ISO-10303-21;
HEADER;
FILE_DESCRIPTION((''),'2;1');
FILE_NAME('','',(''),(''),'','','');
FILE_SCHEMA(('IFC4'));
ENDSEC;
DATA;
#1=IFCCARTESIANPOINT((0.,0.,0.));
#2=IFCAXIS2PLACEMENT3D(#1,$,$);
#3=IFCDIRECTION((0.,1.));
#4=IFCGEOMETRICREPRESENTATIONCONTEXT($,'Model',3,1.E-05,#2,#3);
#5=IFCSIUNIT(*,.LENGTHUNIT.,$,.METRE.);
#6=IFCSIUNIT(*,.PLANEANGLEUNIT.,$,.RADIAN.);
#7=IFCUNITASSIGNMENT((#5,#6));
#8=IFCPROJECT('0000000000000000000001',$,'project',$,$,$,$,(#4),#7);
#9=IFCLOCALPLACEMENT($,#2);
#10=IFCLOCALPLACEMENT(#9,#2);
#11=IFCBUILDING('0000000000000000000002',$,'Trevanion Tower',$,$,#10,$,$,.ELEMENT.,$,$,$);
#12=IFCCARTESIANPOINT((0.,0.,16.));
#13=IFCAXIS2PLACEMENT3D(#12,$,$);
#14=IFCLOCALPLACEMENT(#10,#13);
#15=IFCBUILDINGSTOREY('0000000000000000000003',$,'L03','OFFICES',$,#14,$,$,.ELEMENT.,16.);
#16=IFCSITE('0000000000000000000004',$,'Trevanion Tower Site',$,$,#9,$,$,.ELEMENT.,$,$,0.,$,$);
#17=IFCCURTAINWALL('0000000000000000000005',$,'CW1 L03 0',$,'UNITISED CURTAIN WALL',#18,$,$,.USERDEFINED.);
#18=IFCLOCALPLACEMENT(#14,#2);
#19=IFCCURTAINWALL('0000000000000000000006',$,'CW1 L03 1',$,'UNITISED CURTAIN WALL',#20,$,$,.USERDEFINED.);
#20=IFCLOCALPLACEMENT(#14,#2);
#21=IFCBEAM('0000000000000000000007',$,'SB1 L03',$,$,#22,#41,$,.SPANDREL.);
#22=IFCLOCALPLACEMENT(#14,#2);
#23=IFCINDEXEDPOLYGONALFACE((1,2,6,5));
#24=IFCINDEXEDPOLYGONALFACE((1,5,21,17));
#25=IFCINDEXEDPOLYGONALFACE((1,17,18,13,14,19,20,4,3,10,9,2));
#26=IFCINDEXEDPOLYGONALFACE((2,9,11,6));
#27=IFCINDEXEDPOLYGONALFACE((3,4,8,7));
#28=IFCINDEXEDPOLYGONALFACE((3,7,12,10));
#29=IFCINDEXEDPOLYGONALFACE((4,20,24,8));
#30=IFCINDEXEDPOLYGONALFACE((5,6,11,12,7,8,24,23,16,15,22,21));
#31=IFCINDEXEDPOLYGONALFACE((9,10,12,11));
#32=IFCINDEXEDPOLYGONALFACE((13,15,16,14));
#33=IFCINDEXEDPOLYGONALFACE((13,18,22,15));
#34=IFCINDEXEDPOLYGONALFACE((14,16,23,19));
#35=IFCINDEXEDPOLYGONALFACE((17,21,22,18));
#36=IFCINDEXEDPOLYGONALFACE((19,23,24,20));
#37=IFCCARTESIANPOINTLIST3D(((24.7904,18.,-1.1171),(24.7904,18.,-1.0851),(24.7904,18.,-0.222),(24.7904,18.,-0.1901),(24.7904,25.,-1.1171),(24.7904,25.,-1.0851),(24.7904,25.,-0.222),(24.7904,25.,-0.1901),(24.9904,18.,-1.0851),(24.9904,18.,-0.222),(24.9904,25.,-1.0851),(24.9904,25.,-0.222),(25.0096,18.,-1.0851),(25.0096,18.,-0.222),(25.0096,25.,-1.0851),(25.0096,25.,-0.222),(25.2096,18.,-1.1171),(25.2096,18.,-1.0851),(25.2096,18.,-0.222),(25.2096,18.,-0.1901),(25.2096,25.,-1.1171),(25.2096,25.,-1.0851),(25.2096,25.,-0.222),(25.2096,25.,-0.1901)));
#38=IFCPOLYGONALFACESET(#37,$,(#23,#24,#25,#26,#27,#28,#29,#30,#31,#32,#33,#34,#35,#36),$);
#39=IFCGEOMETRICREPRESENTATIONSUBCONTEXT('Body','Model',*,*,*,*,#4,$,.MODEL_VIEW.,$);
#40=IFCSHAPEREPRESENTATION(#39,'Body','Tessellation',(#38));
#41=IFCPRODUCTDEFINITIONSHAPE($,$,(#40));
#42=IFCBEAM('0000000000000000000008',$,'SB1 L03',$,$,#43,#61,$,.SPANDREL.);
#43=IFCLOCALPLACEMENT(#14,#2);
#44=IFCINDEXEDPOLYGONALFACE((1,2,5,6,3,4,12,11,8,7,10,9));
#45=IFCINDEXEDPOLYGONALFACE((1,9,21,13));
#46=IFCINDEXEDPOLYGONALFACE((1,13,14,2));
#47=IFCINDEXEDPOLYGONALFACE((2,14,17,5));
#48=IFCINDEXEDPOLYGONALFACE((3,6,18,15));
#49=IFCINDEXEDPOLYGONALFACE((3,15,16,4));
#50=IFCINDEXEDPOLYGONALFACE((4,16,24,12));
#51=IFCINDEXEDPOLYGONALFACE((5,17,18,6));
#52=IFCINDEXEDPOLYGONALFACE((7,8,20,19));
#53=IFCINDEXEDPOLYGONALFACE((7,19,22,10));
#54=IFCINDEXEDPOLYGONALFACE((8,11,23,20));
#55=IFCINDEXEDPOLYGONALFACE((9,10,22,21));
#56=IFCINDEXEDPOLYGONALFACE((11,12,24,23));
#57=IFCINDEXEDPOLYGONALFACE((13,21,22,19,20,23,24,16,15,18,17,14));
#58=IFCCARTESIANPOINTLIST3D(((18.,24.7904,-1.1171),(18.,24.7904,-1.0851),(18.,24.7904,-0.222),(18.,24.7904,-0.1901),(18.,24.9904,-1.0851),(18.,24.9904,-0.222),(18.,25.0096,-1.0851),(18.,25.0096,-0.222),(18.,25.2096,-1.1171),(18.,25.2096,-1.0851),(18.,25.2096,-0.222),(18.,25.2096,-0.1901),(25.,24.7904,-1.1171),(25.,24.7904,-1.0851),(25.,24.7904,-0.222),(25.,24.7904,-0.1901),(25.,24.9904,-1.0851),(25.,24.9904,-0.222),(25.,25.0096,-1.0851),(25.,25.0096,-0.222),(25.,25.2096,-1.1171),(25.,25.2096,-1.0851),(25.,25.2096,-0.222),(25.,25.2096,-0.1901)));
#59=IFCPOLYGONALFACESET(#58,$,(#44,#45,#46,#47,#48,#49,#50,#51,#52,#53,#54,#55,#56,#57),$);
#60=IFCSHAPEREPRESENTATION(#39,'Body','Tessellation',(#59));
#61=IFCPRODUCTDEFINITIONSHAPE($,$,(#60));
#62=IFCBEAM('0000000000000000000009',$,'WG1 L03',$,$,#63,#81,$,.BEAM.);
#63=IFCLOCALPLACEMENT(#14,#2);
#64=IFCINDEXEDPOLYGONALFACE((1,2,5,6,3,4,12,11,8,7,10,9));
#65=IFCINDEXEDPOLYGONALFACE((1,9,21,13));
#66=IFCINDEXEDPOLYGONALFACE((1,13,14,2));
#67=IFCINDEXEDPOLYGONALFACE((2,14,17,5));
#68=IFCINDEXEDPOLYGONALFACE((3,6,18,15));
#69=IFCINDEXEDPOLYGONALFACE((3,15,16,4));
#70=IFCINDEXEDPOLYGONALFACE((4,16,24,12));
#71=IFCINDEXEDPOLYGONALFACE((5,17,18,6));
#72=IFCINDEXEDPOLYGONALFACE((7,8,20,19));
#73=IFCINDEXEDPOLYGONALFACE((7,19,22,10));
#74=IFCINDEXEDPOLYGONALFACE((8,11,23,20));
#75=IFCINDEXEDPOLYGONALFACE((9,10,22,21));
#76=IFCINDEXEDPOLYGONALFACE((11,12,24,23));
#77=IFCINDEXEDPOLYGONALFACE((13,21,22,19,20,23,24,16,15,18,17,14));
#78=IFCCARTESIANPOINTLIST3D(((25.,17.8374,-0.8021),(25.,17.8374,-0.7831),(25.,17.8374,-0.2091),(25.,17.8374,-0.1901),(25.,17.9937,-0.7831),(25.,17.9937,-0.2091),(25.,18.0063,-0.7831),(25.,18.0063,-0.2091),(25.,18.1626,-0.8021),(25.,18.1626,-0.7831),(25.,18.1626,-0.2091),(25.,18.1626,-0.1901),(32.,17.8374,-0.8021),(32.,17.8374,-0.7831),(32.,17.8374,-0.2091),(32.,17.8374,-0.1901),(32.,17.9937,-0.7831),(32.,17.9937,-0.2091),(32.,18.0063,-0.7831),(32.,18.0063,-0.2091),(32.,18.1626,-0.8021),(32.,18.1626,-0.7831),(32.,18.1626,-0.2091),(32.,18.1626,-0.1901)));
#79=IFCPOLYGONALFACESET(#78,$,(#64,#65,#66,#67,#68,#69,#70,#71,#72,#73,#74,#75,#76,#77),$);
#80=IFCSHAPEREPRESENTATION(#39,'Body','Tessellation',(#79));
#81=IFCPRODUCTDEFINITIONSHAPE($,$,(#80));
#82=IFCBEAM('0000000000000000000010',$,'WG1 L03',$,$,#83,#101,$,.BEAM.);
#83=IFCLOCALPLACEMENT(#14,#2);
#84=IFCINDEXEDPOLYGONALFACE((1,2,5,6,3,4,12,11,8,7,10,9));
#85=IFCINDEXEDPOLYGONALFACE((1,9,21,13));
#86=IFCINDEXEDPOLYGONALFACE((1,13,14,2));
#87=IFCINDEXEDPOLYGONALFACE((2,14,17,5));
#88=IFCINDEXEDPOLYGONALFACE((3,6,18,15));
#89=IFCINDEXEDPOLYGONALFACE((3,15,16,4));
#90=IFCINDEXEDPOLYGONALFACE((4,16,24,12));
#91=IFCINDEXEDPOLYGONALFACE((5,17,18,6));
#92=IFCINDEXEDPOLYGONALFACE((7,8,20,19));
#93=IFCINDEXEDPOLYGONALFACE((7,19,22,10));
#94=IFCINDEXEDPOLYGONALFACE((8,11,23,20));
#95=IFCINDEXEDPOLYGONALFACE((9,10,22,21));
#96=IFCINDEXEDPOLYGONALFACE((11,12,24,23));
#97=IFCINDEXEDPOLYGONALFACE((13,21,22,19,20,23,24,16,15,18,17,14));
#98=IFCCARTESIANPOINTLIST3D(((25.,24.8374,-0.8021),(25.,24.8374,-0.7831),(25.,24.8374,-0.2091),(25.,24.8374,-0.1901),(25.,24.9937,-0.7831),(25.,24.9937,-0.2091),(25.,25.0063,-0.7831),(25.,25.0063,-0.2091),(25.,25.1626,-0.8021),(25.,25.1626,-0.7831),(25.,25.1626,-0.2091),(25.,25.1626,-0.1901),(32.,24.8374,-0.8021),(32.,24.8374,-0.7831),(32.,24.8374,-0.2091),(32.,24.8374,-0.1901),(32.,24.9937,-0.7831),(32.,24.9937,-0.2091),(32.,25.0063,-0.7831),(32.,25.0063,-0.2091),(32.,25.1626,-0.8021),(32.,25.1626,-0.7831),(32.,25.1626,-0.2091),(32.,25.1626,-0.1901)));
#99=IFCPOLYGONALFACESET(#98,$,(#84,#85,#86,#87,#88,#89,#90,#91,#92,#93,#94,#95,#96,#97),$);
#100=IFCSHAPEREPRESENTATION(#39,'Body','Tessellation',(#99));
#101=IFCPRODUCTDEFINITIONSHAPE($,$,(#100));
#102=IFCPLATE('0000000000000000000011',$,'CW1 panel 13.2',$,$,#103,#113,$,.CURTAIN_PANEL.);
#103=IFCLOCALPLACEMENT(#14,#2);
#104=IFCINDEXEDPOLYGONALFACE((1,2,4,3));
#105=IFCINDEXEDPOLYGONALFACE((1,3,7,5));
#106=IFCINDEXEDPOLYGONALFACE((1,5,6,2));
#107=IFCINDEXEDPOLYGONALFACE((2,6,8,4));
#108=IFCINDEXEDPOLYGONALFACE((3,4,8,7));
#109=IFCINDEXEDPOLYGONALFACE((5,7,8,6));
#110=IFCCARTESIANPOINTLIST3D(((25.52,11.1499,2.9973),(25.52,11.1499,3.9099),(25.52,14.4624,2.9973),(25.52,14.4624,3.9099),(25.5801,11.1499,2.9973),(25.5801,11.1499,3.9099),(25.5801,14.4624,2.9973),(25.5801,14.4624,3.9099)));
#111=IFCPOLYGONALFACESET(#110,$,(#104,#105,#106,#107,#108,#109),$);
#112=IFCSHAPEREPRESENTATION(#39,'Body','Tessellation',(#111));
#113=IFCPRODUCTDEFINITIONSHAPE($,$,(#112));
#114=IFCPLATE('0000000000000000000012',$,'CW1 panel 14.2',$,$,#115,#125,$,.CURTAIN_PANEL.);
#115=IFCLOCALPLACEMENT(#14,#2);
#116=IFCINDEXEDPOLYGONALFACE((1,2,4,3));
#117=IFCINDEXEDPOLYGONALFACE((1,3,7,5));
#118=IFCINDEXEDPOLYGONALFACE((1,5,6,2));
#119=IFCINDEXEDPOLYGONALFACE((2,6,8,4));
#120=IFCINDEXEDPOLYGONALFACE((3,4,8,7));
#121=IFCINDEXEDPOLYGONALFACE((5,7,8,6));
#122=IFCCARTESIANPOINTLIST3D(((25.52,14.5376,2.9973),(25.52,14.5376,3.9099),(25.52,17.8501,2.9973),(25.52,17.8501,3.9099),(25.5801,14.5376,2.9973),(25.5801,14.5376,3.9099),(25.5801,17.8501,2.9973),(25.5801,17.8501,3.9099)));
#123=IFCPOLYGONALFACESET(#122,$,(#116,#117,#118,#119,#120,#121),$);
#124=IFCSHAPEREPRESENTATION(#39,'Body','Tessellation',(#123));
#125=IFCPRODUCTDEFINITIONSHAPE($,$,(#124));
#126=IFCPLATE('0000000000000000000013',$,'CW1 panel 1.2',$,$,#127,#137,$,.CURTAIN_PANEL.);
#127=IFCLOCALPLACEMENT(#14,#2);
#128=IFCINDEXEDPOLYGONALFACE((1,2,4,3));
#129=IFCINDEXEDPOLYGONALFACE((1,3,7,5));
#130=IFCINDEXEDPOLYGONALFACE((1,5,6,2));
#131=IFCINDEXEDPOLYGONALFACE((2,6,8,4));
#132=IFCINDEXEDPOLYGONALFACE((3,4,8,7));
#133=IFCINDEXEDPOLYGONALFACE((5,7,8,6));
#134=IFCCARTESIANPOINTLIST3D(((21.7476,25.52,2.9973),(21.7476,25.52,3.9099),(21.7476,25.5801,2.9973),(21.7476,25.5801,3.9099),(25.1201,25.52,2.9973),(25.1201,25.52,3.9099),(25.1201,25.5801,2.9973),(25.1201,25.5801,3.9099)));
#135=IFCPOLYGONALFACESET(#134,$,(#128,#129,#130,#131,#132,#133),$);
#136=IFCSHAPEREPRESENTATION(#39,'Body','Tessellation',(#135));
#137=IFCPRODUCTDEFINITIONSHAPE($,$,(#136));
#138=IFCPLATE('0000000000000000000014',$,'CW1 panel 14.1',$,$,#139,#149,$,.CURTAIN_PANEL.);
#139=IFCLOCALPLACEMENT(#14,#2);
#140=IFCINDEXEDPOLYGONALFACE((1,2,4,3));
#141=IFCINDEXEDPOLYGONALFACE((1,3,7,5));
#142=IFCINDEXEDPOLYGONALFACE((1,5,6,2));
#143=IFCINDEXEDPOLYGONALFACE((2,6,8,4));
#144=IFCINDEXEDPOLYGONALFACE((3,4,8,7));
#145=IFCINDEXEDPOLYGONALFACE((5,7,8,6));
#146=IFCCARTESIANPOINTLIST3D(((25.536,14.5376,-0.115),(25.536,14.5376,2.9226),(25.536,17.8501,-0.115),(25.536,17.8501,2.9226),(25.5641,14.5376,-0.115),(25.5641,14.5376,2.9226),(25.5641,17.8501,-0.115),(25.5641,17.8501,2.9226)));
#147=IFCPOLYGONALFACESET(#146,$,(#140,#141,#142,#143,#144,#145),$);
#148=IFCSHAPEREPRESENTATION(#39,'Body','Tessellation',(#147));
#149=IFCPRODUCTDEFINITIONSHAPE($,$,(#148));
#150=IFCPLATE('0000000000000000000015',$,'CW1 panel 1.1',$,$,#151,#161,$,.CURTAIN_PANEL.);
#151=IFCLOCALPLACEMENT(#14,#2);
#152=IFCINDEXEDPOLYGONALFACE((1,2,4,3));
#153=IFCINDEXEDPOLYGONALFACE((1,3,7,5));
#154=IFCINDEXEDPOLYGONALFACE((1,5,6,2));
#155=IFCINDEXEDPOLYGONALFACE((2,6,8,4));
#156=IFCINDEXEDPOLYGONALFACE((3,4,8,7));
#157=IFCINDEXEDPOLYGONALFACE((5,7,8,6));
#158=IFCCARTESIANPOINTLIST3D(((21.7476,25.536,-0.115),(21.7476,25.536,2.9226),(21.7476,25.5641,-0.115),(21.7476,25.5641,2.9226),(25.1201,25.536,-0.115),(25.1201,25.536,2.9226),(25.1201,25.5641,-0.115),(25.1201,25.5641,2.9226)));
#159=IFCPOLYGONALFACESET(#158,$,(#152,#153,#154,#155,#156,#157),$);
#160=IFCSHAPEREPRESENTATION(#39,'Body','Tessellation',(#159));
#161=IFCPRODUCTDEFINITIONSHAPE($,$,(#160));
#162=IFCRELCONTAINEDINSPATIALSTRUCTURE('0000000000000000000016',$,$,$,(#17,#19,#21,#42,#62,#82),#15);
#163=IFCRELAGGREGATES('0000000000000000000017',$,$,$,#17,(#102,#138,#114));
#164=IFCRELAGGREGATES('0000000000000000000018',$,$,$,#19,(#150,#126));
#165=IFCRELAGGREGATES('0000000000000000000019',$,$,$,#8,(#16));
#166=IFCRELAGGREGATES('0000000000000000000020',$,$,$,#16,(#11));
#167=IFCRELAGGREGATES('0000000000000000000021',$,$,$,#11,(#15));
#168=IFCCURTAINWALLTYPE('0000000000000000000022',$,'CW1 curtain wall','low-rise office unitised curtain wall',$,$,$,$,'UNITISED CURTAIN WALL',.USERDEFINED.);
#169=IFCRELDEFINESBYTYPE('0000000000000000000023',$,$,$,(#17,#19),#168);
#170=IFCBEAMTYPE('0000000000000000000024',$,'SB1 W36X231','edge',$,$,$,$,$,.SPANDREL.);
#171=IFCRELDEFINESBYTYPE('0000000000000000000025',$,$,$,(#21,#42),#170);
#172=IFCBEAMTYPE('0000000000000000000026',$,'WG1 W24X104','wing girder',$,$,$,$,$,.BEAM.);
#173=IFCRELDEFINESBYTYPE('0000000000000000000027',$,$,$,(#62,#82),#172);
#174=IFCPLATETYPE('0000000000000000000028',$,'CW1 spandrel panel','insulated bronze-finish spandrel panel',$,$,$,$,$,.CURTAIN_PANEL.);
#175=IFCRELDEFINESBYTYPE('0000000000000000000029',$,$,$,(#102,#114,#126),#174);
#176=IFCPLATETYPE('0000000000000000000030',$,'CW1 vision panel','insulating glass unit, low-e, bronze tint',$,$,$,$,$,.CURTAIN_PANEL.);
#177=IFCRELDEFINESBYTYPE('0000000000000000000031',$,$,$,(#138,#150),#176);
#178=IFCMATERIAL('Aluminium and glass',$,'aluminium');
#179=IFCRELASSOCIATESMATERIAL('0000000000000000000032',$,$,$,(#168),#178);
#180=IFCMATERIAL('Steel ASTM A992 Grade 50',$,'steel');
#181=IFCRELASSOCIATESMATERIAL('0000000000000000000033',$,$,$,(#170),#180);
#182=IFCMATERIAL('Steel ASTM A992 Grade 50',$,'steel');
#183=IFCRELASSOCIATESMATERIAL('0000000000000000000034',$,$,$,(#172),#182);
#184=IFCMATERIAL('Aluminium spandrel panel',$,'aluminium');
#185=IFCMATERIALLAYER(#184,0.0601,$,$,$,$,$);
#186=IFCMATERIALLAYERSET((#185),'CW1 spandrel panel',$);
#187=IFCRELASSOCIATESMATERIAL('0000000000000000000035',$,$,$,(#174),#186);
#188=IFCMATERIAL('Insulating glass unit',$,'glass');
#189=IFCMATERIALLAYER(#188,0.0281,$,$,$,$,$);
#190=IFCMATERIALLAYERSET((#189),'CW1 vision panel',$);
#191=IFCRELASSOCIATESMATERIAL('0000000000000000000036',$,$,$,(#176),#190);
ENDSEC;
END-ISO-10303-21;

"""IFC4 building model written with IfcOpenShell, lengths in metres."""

from ifc_helpers import new_model, si_unit, direction, frame, origin, origin_2d, place, context, subcontext, project, spatial, rectangle, i_section, extrude, material, layer, layer_set, material_profile, profile_set, type_object, element, aggregate, save


model = new_model("IFC4")

# Units and contexts
model_context = context("Model", 3, precision=1e-05, world=origin(), true_north=direction((0.0, 1.0)))
body_context = subcontext(model_context, "Body", "Model", "MODEL_VIEW")
ifc_project = project(units=[si_unit("LENGTHUNIT", "METRE"), si_unit("PLANEANGLEUNIT", "RADIAN")], contexts=[model_context])

# Site, building, storey
site_placement = place(None, origin())
site = spatial("IfcSite", under=ifc_project, at=site_placement, Name="Trevanion Tower Site", CompositionType="ELEMENT", RefElevation=0.0)
building_placement = place(site_placement, origin())
building = spatial("IfcBuilding", under=site, at=building_placement, Name="Trevanion Tower", CompositionType="ELEMENT")
storey_placement = place(building_placement, frame((0.0, 0.0, 16.0)))
storey = spatial("IfcBuildingStorey", under=building, at=storey_placement, Name="L03", Description="OFFICES", CompositionType="ELEMENT", Elevation=16.0)

# Curtain wall
ifc_material_1 = material(Name="Aluminium and glass", Category="aluminium")
curtain_wall_type = type_object("IfcCurtainWallType", Name="CW1 curtain wall", Description="low-rise office unitised curtain wall", ElementType="UNITISED CURTAIN WALL", PredefinedType="USERDEFINED", material=ifc_material_1)
curtain_wall_1_placement = place(storey_placement, origin())
curtain_wall_1 = element("IfcCurtainWall", 1, at=curtain_wall_1_placement, inside=storey, type_object=curtain_wall_type, Name="CW1 L03 0", ObjectType="UNITISED CURTAIN WALL", PredefinedType="USERDEFINED")

# Curtain wall
curtain_wall_2_placement = place(storey_placement, origin())
curtain_wall_2 = element("IfcCurtainWall", 2, at=curtain_wall_2_placement, inside=storey, type_object=curtain_wall_type, Name="CW1 L03 1", ObjectType="UNITISED CURTAIN WALL", PredefinedType="USERDEFINED")

# Beams
ifc_material_2 = material(Name="Steel ASTM A992 Grade 50", Category="steel")
ifc_material_profile_1 = material_profile(ifc_material_2, i_section(OverallWidth=0.4192, OverallDepth=0.927, WebThickness=0.0193, FlangeThickness=0.032, at=origin_2d()), Name="W36X231")
ifc_profile_set_1 = profile_set([ifc_material_profile_1], Name="Steel ASTM A992 Grade 50")
beam_type_1 = type_object("IfcBeamType", Name="SB1 W36X231", Description="edge", PredefinedType="SPANDREL", material=ifc_profile_set_1)
for number, where, z_axis, x_axis, name in (
    (3, (25.0, 18.0, -0.6536), (0.0, 1.0, 0.0), (-1.0, 0.0, 0.0), "SB1 L03"),
    (4, (25.0, 25.0, -0.6536), (-1.0, 0.0, 0.0), (0.0, -1.0, 0.0), "SB1 L03"),
):
    element("IfcBeam", number, at=place(storey_placement, frame(where, z_axis=z_axis, x_axis=x_axis)), inside=storey, type_object=beam_type_1, Name=name, PredefinedType="SPANDREL", context=body_context, shape_type="SweptSolid", body=[
        extrude(i_section(OverallWidth=0.4192, OverallDepth=0.927, WebThickness=0.0193, FlangeThickness=0.032, at=origin_2d()), origin(), (0.0, 0.0, 1.0), 7.0),
    ])
ifc_material_3 = material(Name="Steel ASTM A992 Grade 50", Category="steel")
ifc_material_profile_2 = material_profile(ifc_material_3, i_section(OverallWidth=0.3252, OverallDepth=0.6121, WebThickness=0.0127, FlangeThickness=0.019, at=origin_2d()), Name="W24X104")
ifc_profile_set_2 = profile_set([ifc_material_profile_2], Name="Steel ASTM A992 Grade 50")
beam_type_2 = type_object("IfcBeamType", Name="WG1 W24X104", Description="wing girder", PredefinedType="BEAM", material=ifc_profile_set_2)
for number, where, z_axis, x_axis, name in (
    (5, (25.0, 18.0, -0.4961), (1.0, 0.0, 0.0), (0.0, 1.0, 0.0), "WG1 L03"),
    (6, (25.0, 25.0, -0.4961), (1.0, 0.0, 0.0), (0.0, 1.0, 0.0), "WG1 L03"),
):
    element("IfcBeam", number, at=place(storey_placement, frame(where, z_axis=z_axis, x_axis=x_axis)), inside=storey, type_object=beam_type_2, Name=name, PredefinedType="BEAM", context=body_context, shape_type="SweptSolid", body=[
        extrude(i_section(OverallWidth=0.3252, OverallDepth=0.6121, WebThickness=0.0127, FlangeThickness=0.019, at=origin_2d()), origin(), (0.0, 0.0, 1.0), 7.0),
    ])

# Plates
ifc_material_4 = material(Name="Aluminium spandrel panel", Category="aluminium")
ifc_layer_1 = layer(ifc_material_4, 0.0601)
ifc_layer_set_1 = layer_set([ifc_layer_1], Name="CW1 spandrel panel")
plate_type_1 = type_object("IfcPlateType", Name="CW1 spandrel panel", Description="insulated bronze-finish spandrel panel", PredefinedType="CURTAIN_PANEL", material=ifc_layer_set_1)
plate_1_placement = place(storey_placement, frame((25.55, 12.8062, 2.9973), z_axis=(0.0, 0.0, 1.0), x_axis=(0.0, 1.0, 0.0)))
plate_1 = element("IfcPlate", 7, at=plate_1_placement, type_object=plate_type_1, Name="CW1 panel 13.2", PredefinedType="CURTAIN_PANEL", context=body_context, shape_type="SweptSolid", body=[
    extrude(rectangle(XDim=3.3125, YDim=0.0601, at=origin_2d()), origin(), (0.0, 0.0, 1.0), 0.9126),
])
plate_2_placement = place(storey_placement, frame((25.55, 16.1938, 2.9973), z_axis=(0.0, 0.0, 1.0), x_axis=(0.0, 1.0, 0.0)))
plate_2 = element("IfcPlate", 8, at=plate_2_placement, type_object=plate_type_1, Name="CW1 panel 14.2", PredefinedType="CURTAIN_PANEL", context=body_context, shape_type="SweptSolid", body=[
    extrude(rectangle(XDim=3.3125, YDim=0.0601, at=origin_2d()), origin(), (0.0, 0.0, 1.0), 0.9126),
])
plate_3_placement = place(storey_placement, frame((23.4338, 25.55, 2.9973), z_axis=(0.0, 0.0, 1.0), x_axis=(-1.0, 0.0, 0.0)))
plate_3 = element("IfcPlate", 9, at=plate_3_placement, type_object=plate_type_1, Name="CW1 panel 1.2", PredefinedType="CURTAIN_PANEL", context=body_context, shape_type="SweptSolid", body=[
    extrude(rectangle(XDim=3.3726, YDim=0.0601, at=origin_2d()), origin(), (0.0, 0.0, 1.0), 0.9126),
])
ifc_material_5 = material(Name="Insulating glass unit", Category="glass")
ifc_layer_2 = layer(ifc_material_5, 0.0281)
ifc_layer_set_2 = layer_set([ifc_layer_2], Name="CW1 vision panel")
plate_type_2 = type_object("IfcPlateType", Name="CW1 vision panel", Description="insulating glass unit, low-e, bronze tint", PredefinedType="CURTAIN_PANEL", material=ifc_layer_set_2)
plate_4_placement = place(storey_placement, frame((25.55, 16.1938, -0.115), z_axis=(0.0, 0.0, 1.0), x_axis=(0.0, 1.0, 0.0)))
plate_4 = element("IfcPlate", 10, at=plate_4_placement, type_object=plate_type_2, Name="CW1 panel 14.1", PredefinedType="CURTAIN_PANEL", context=body_context, shape_type="SweptSolid", body=[
    extrude(rectangle(XDim=3.3125, YDim=0.0281, at=origin_2d()), origin(), (0.0, 0.0, 1.0), 3.0376),
])
aggregate(curtain_wall_1, [plate_1, plate_4, plate_2])
plate_5_placement = place(storey_placement, frame((23.4338, 25.55, -0.115), z_axis=(0.0, 0.0, 1.0), x_axis=(-1.0, 0.0, 0.0)))
plate_5 = element("IfcPlate", 11, at=plate_5_placement, type_object=plate_type_2, Name="CW1 panel 1.1", PredefinedType="CURTAIN_PANEL", context=body_context, shape_type="SweptSolid", body=[
    extrude(rectangle(XDim=3.3726, YDim=0.0281, at=origin_2d()), origin(), (0.0, 0.0, 1.0), 3.0376),
])
aggregate(curtain_wall_2, [plate_5, plate_3])

save(model, "model.ifc")
